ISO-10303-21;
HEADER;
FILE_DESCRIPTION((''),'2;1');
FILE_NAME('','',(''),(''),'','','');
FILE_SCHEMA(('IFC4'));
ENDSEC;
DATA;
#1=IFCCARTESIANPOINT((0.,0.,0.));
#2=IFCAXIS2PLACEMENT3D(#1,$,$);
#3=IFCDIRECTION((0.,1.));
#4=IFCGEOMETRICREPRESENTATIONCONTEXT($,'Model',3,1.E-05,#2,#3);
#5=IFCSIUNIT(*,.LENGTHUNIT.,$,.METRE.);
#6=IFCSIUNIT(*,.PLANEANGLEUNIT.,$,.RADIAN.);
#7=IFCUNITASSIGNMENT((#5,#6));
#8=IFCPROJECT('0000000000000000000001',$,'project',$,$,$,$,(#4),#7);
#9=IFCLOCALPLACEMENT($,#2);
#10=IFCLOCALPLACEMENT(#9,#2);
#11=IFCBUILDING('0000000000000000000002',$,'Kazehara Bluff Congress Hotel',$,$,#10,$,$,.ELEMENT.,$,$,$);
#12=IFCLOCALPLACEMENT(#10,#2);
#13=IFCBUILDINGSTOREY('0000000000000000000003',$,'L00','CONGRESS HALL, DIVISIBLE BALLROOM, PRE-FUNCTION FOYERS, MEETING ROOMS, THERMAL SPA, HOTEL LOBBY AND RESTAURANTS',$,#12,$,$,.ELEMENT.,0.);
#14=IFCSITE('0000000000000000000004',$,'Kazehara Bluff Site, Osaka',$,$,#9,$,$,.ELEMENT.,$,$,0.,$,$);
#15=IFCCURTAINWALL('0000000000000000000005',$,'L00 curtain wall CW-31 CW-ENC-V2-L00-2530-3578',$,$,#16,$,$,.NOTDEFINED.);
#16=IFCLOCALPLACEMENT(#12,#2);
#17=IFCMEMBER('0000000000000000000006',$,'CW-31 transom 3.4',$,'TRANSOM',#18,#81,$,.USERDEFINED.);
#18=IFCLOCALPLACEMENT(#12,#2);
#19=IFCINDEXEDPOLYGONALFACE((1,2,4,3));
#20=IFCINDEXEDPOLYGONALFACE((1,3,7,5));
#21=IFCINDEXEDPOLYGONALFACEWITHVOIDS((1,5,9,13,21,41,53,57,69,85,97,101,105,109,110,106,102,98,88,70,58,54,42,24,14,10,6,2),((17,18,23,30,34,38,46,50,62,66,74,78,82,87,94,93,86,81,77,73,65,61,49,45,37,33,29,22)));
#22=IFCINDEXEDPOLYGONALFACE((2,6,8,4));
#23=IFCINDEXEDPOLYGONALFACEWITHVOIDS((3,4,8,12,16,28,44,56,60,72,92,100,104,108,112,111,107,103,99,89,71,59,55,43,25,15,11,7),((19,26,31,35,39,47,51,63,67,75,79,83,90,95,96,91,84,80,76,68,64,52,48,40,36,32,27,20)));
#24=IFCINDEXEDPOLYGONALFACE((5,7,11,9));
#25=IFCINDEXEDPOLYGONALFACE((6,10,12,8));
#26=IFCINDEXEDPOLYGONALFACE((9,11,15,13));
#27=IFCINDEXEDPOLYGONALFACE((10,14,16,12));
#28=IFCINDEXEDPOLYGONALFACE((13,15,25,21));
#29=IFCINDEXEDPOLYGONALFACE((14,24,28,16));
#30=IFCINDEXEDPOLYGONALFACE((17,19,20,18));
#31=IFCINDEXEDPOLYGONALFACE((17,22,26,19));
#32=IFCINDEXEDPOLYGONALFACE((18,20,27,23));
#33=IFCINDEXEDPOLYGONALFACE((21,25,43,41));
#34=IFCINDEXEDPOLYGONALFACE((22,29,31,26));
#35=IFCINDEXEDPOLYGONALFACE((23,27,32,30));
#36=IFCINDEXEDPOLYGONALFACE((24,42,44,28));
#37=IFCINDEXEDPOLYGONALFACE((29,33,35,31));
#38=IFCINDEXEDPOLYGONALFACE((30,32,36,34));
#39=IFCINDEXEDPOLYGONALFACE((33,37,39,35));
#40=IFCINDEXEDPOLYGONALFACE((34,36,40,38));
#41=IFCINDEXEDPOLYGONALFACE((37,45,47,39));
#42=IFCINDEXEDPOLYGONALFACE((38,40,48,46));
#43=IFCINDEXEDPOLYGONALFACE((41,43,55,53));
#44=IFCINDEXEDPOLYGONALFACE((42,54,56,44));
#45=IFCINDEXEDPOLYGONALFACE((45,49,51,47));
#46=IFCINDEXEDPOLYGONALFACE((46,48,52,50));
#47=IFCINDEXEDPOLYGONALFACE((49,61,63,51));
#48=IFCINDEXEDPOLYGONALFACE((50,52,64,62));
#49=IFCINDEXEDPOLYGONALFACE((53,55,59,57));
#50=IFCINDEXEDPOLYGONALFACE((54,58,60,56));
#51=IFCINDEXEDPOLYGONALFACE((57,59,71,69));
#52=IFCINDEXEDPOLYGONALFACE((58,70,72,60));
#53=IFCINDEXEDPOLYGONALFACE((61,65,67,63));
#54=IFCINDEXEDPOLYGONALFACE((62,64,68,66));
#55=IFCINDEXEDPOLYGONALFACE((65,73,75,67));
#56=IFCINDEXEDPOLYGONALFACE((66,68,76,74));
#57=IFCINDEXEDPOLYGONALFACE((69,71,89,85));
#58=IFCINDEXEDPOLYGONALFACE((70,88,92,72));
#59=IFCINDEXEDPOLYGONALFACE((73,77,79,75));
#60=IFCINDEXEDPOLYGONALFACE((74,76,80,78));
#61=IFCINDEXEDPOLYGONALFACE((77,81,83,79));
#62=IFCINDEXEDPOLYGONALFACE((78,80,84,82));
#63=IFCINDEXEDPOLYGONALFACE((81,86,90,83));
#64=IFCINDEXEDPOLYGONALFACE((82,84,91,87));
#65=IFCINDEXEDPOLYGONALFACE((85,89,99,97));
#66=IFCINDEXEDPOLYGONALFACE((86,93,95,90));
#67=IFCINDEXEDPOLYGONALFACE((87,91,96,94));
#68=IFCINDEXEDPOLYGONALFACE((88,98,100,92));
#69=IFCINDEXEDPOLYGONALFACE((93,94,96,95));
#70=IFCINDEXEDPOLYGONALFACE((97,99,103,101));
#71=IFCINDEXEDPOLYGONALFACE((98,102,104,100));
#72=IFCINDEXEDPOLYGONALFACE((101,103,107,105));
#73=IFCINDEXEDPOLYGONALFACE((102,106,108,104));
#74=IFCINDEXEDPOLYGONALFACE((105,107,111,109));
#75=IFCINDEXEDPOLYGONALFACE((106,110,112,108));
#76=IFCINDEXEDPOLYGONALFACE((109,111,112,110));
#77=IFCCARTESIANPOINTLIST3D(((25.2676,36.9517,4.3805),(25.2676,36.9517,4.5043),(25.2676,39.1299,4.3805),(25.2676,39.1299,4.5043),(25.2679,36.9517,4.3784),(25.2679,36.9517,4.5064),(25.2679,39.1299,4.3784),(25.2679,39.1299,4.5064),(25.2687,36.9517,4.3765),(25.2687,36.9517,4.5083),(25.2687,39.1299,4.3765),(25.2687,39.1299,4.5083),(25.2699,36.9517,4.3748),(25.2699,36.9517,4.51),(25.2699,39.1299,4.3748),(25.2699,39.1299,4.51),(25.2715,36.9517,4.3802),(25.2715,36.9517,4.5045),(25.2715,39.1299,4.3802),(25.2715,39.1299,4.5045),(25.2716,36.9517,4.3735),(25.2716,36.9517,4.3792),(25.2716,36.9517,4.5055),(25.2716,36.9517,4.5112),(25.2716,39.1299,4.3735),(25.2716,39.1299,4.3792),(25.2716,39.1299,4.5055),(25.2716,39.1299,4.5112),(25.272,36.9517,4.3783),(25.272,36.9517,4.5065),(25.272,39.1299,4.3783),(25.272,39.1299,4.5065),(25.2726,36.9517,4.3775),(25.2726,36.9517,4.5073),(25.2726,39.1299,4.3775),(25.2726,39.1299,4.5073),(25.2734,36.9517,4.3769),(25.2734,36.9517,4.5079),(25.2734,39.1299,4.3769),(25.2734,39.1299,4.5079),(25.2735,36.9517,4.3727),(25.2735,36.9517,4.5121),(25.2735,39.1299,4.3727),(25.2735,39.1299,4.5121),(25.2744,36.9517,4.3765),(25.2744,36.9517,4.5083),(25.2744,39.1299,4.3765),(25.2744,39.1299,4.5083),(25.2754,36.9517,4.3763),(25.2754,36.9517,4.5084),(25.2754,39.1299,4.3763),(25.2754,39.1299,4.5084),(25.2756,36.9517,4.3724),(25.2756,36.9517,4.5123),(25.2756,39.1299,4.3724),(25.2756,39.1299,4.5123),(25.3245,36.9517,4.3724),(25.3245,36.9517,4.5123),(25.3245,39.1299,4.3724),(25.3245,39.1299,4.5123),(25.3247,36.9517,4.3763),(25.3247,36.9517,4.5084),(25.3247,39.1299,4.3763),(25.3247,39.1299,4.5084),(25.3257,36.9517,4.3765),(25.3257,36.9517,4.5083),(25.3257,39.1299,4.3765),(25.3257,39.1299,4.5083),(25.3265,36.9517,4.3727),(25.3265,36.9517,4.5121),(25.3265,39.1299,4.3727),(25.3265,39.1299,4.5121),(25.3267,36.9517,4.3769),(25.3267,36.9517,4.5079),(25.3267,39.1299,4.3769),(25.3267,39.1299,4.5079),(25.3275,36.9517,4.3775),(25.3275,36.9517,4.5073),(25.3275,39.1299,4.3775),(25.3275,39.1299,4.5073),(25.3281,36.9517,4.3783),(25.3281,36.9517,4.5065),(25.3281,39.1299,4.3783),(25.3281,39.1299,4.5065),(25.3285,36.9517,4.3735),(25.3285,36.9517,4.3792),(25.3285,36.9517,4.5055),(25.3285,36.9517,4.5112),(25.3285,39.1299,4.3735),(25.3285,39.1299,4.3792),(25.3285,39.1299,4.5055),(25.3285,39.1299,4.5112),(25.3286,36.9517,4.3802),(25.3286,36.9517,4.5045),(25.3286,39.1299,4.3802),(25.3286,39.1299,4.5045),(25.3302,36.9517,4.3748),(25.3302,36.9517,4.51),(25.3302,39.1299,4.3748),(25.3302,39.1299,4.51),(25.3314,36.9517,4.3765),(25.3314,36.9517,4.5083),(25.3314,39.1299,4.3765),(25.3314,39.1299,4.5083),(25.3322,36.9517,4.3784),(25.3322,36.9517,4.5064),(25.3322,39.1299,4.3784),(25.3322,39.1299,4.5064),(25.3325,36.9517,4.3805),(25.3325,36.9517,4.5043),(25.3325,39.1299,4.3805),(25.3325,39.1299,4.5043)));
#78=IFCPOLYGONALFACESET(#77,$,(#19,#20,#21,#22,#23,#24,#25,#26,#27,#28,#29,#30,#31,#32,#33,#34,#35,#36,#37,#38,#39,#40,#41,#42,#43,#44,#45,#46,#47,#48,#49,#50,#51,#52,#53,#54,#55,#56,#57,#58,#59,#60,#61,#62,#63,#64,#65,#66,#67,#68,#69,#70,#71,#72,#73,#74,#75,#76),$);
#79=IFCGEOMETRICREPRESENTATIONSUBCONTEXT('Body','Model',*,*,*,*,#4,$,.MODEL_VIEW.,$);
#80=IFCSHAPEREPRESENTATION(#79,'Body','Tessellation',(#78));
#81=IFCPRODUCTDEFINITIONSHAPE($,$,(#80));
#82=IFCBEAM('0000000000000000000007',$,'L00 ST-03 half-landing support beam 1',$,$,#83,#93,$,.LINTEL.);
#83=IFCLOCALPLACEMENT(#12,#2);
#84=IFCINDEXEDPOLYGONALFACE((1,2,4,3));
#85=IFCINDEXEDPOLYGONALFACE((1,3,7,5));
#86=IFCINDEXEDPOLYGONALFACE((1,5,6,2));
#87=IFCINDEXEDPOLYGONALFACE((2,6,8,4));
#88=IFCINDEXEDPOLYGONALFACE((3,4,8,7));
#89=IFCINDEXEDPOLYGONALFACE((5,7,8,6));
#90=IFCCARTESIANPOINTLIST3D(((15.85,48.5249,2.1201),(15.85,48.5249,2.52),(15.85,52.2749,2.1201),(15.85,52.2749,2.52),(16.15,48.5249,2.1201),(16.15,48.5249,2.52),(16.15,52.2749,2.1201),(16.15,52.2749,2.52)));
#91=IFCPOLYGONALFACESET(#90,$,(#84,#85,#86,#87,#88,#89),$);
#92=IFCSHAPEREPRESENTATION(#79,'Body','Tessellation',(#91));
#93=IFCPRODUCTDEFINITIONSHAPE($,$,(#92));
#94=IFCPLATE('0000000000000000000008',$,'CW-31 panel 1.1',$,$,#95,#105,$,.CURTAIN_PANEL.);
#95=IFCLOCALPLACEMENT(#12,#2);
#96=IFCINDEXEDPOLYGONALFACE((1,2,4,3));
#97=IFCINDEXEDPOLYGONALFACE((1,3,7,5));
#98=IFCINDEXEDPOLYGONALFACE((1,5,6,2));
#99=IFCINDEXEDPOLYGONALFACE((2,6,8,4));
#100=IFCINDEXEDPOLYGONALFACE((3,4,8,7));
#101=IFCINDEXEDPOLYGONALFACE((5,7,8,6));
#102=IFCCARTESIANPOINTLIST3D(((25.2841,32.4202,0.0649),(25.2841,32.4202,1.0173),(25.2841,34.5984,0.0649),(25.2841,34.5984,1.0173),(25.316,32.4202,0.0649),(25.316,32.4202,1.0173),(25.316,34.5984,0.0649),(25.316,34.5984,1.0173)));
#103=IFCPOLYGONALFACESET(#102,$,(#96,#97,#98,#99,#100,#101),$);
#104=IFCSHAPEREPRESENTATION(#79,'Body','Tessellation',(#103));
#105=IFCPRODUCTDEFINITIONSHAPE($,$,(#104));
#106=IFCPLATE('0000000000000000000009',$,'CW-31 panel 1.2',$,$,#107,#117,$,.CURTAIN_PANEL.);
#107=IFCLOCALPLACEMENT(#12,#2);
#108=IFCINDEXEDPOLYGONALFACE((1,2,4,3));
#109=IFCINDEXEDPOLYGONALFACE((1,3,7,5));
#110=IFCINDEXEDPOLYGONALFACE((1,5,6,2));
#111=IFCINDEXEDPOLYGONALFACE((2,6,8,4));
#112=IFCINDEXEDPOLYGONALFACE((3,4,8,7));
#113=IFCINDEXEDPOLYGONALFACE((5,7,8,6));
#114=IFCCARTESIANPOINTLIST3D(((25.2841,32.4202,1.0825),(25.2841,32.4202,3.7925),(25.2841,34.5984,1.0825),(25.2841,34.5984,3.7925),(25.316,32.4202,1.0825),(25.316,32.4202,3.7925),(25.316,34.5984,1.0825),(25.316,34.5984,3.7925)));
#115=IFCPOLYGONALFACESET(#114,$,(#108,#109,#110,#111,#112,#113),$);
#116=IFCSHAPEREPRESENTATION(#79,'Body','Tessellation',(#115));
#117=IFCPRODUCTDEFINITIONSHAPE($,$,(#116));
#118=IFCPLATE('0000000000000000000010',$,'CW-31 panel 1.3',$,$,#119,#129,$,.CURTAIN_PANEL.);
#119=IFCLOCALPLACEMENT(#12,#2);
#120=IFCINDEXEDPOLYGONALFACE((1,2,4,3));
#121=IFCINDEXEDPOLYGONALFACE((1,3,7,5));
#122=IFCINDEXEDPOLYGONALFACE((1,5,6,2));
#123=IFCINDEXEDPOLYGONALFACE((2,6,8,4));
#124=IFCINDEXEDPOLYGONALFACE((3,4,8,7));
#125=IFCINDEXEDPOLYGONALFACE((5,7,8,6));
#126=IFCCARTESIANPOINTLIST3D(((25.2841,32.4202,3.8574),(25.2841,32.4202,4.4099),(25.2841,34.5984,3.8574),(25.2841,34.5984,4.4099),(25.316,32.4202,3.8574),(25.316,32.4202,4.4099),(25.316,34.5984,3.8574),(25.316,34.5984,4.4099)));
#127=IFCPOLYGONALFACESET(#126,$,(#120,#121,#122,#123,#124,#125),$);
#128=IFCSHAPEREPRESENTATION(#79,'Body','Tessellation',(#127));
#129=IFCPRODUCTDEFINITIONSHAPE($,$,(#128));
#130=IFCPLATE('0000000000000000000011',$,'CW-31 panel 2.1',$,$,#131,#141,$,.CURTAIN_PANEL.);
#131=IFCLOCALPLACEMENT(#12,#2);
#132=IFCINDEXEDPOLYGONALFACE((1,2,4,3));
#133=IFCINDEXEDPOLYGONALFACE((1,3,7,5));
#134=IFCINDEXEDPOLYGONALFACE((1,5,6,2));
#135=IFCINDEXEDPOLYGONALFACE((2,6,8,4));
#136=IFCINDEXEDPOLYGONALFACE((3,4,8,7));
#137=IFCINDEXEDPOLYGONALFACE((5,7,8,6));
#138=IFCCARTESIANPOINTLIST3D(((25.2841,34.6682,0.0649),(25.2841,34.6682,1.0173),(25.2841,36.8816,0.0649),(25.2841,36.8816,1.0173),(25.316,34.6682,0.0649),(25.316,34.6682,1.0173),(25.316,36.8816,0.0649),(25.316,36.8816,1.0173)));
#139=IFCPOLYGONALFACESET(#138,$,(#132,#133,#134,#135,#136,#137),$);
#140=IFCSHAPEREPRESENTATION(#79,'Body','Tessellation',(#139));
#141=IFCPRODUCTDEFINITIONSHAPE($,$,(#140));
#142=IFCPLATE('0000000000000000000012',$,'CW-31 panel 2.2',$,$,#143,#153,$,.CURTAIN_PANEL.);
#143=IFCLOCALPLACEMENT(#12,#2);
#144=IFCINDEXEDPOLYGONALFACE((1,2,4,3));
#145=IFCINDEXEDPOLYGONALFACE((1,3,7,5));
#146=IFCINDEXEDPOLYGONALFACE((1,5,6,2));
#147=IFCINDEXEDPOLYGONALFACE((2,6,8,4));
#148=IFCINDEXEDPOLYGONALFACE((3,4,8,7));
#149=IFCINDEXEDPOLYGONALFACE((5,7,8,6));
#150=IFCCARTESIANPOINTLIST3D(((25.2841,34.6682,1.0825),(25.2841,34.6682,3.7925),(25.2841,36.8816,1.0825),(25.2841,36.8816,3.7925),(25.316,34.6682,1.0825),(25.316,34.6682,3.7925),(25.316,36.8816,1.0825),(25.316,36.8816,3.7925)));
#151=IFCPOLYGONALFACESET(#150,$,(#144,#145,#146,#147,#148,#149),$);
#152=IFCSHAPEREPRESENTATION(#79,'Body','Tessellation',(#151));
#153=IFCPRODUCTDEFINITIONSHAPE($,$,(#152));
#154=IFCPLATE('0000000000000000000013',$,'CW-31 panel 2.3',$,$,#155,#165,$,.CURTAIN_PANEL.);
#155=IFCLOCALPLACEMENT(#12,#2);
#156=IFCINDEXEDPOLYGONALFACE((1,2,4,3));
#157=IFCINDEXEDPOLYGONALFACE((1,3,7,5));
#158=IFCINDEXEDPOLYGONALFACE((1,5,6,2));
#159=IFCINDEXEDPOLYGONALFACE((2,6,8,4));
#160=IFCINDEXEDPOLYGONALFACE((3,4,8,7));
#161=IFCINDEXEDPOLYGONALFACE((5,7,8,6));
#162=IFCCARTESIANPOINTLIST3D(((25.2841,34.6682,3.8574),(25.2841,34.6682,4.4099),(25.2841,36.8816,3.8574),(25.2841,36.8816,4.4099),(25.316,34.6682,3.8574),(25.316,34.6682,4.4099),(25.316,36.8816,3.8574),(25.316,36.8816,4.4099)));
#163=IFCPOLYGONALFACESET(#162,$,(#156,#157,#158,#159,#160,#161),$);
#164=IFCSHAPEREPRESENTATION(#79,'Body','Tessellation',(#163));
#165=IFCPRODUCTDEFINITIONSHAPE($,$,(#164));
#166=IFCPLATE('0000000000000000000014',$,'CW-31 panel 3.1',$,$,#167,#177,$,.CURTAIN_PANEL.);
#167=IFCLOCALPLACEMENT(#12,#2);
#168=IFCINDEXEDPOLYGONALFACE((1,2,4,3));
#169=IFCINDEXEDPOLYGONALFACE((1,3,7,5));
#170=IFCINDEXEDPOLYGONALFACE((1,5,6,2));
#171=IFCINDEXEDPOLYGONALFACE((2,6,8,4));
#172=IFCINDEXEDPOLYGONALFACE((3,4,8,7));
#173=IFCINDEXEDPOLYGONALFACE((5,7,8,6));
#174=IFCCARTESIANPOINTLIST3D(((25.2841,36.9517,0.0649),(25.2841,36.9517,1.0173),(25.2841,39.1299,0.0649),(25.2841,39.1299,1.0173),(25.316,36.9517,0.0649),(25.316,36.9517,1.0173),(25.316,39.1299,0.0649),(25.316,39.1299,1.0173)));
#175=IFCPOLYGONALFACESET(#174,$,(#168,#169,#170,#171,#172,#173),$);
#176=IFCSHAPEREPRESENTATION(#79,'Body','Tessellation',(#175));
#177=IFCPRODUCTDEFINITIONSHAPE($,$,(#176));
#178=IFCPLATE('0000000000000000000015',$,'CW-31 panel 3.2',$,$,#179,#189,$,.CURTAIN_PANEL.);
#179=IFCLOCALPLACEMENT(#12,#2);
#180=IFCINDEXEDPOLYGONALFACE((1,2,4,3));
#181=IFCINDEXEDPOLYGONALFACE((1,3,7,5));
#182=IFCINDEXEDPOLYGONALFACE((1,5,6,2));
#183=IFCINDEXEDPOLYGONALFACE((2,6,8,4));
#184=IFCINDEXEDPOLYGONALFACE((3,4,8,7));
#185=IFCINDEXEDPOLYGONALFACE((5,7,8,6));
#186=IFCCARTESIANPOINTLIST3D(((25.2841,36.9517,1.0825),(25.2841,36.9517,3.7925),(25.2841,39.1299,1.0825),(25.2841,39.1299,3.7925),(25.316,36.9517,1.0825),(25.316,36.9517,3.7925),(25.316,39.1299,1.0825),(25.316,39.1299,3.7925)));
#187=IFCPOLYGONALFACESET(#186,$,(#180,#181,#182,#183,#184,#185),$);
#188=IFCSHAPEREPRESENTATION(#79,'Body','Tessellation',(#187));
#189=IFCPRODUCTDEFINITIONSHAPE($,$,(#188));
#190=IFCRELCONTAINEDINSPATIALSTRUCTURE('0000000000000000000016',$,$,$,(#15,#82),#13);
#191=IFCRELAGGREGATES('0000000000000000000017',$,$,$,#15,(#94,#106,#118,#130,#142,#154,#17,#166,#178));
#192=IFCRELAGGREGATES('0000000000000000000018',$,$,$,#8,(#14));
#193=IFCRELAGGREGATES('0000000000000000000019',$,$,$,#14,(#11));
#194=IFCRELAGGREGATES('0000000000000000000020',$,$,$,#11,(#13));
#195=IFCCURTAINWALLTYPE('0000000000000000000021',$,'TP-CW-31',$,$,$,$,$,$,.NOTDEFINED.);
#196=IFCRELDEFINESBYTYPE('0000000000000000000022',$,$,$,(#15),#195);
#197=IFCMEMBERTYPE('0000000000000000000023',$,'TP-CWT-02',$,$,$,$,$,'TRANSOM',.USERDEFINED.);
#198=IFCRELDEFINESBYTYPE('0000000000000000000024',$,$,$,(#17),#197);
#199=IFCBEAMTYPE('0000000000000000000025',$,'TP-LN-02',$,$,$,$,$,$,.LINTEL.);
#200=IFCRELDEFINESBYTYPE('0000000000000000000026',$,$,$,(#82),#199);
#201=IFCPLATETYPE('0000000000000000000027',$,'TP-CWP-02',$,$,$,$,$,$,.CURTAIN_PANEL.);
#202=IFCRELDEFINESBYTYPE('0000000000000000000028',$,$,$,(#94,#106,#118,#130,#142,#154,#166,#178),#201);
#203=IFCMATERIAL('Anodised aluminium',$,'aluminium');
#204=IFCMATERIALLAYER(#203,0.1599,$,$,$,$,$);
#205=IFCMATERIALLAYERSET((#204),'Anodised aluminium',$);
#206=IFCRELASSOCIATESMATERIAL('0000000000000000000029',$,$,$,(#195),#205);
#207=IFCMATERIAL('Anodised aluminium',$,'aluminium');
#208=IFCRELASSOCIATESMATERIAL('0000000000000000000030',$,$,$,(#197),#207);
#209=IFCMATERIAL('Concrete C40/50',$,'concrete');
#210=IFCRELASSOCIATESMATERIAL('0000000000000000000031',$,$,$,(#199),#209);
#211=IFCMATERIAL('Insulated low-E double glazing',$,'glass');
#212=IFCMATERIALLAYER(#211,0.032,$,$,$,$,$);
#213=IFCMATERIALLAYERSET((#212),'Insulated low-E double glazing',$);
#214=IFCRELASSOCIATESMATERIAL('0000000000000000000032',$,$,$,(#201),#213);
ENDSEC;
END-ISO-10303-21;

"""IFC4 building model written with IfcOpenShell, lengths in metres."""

from ifc_helpers import new_model, si_unit, direction, frame, origin, origin_2d, place, context, subcontext, project, spatial, rectangle, hollow_rectangle, extrude, material, layer, layer_set, material_profile, profile_set, type_object, element, aggregate, save


model = new_model("IFC4")

# Units and contexts
model_context = context("Model", 3, precision=1e-05, world=origin(), true_north=direction((0.0, 1.0)))
body_context = subcontext(model_context, "Body", "Model", "MODEL_VIEW")
ifc_project = project(units=[si_unit("LENGTHUNIT", "METRE"), si_unit("PLANEANGLEUNIT", "RADIAN")], contexts=[model_context])

# Site, building, storey
site_placement = place(None, origin())
site = spatial("IfcSite", under=ifc_project, at=site_placement, Name="Kazehara Bluff Site, Osaka", CompositionType="ELEMENT", RefElevation=0.0)
building_placement = place(site_placement, origin())
building = spatial("IfcBuilding", under=site, at=building_placement, Name="Kazehara Bluff Congress Hotel", CompositionType="ELEMENT")
storey_placement = place(building_placement, origin())
storey = spatial("IfcBuildingStorey", under=building, at=storey_placement, Name="L00", Description="CONGRESS HALL, DIVISIBLE BALLROOM, PRE-FUNCTION FOYERS, MEETING ROOMS, THERMAL SPA, HOTEL LOBBY AND RESTAURANTS", CompositionType="ELEMENT", Elevation=0.0)

# Curtain wall, member
ifc_material_1 = material(Name="Anodised aluminium", Category="aluminium")
ifc_layer_1 = layer(ifc_material_1, 0.1599)
ifc_layer_set_1 = layer_set([ifc_layer_1], Name="Anodised aluminium")
curtain_wall_type = type_object("IfcCurtainWallType", Name="TP-CW-31", PredefinedType="NOTDEFINED", material=ifc_layer_set_1)
curtain_wall_placement = place(storey_placement, origin())
curtain_wall = element("IfcCurtainWall", 1, at=curtain_wall_placement, inside=storey, type_object=curtain_wall_type, Name="L00 curtain wall CW-31 CW-ENC-V2-L00-2530-3578", PredefinedType="NOTDEFINED")
ifc_material_2 = material(Name="Anodised aluminium", Category="aluminium")
ifc_material_profile_1 = material_profile(ifc_material_2, hollow_rectangle(XDim=0.0649, YDim=0.1399, WallThickness=0.0039, InnerFilletRadius=0.0039, OuterFilletRadius=0.0081, at=origin_2d()))
ifc_profile_set_1 = profile_set([ifc_material_profile_1], Name="Anodised aluminium")
member_type_1 = type_object("IfcMemberType", Name="TP-CWT-02", ElementType="TRANSOM", PredefinedType="USERDEFINED", material=ifc_profile_set_1)
member_1_placement = place(storey_placement, frame((25.3, 36.9517, 4.4424), z_axis=(0.0, 1.0, 0.0), x_axis=(-1.0, 0.0, 0.0)))
member_1 = element("IfcMember", 2, at=member_1_placement, type_object=member_type_1, Name="CW-31 transom 3.4", ObjectType="TRANSOM", PredefinedType="USERDEFINED", context=body_context, shape_type="SweptSolid", body=[
    extrude(hollow_rectangle(XDim=0.0649, YDim=0.1399, WallThickness=0.0039, InnerFilletRadius=0.0039, OuterFilletRadius=0.0081, at=origin_2d()), origin(), (0.0, 0.0, 1.0), 2.1782),
])

# Beam
ifc_material_3 = material(Name="Concrete C40/50", Category="concrete")
ifc_material_profile_2 = material_profile(ifc_material_3, rectangle(XDim=0.3, YDim=0.3999, at=origin_2d()))
ifc_profile_set_2 = profile_set([ifc_material_profile_2], Name="Concrete C40/50")
beam_type = type_object("IfcBeamType", Name="TP-LN-02", PredefinedType="LINTEL", material=ifc_profile_set_2)
beam_placement = place(storey_placement, frame((16.0, 48.5249, 2.3201), z_axis=(0.0, 1.0, 0.0), x_axis=(-1.0, 0.0, 0.0)))
element("IfcBeam", 3, at=beam_placement, inside=storey, type_object=beam_type, Name="L00 ST-03 half-landing support beam 1", PredefinedType="LINTEL", context=body_context, shape_type="SweptSolid", body=[
    extrude(rectangle(XDim=0.3, YDim=0.3999, at=origin_2d()), origin(), (0.0, 0.0, 1.0), 3.75),
])

# Plates
ifc_material_4 = material(Name="Insulated low-E double glazing", Category="glass")
ifc_layer_2 = layer(ifc_material_4, 0.032)
ifc_layer_set_2 = layer_set([ifc_layer_2], Name="Insulated low-E double glazing")
plate_type = type_object("IfcPlateType", Name="TP-CWP-02", PredefinedType="CURTAIN_PANEL", material=ifc_layer_set_2)
plate_1_placement = place(storey_placement, frame((25.3, 33.5093, 0.0649), z_axis=(0.0, 0.0, 1.0), x_axis=(0.0, 1.0, 0.0)))
plate_1 = element("IfcPlate", 4, at=plate_1_placement, type_object=plate_type, Name="CW-31 panel 1.1", PredefinedType="CURTAIN_PANEL", context=body_context, shape_type="SweptSolid", body=[
    extrude(rectangle(XDim=2.1782, YDim=0.032, at=origin_2d()), origin(), (0.0, 0.0, 1.0), 0.9524),
])
plate_2_placement = place(storey_placement, frame((25.3, 33.5093, 1.0825), z_axis=(0.0, 0.0, 1.0), x_axis=(0.0, 1.0, 0.0)))
plate_2 = element("IfcPlate", 5, at=plate_2_placement, type_object=plate_type, Name="CW-31 panel 1.2", PredefinedType="CURTAIN_PANEL", context=body_context, shape_type="SweptSolid", body=[
    extrude(rectangle(XDim=2.1782, YDim=0.032, at=origin_2d()), origin(), (0.0, 0.0, 1.0), 2.71),
])
plate_3_placement = place(storey_placement, frame((25.3, 33.5093, 3.8574), z_axis=(0.0, 0.0, 1.0), x_axis=(0.0, 1.0, 0.0)))
plate_3 = element("IfcPlate", 6, at=plate_3_placement, type_object=plate_type, Name="CW-31 panel 1.3", PredefinedType="CURTAIN_PANEL", context=body_context, shape_type="SweptSolid", body=[
    extrude(rectangle(XDim=2.1782, YDim=0.032, at=origin_2d()), origin(), (0.0, 0.0, 1.0), 0.5525),
])
plate_4_placement = place(storey_placement, frame((25.3, 35.7749, 0.0649), z_axis=(0.0, 0.0, 1.0), x_axis=(0.0, 1.0, 0.0)))
plate_4 = element("IfcPlate", 7, at=plate_4_placement, type_object=plate_type, Name="CW-31 panel 2.1", PredefinedType="CURTAIN_PANEL", context=body_context, shape_type="SweptSolid", body=[
    extrude(rectangle(XDim=2.2134, YDim=0.032, at=origin_2d()), origin(), (0.0, 0.0, 1.0), 0.9524),
])
plate_5_placement = place(storey_placement, frame((25.3, 35.7749, 1.0825), z_axis=(0.0, 0.0, 1.0), x_axis=(0.0, 1.0, 0.0)))
plate_5 = element("IfcPlate", 8, at=plate_5_placement, type_object=plate_type, Name="CW-31 panel 2.2", PredefinedType="CURTAIN_PANEL", context=body_context, shape_type="SweptSolid", body=[
    extrude(rectangle(XDim=2.2134, YDim=0.032, at=origin_2d()), origin(), (0.0, 0.0, 1.0), 2.71),
])
plate_6_placement = place(storey_placement, frame((25.3, 35.7749, 3.8574), z_axis=(0.0, 0.0, 1.0), x_axis=(0.0, 1.0, 0.0)))
plate_6 = element("IfcPlate", 9, at=plate_6_placement, type_object=plate_type, Name="CW-31 panel 2.3", PredefinedType="CURTAIN_PANEL", context=body_context, shape_type="SweptSolid", body=[
    extrude(rectangle(XDim=2.2134, YDim=0.032, at=origin_2d()), origin(), (0.0, 0.0, 1.0), 0.5525),
])
plate_7_placement = place(storey_placement, frame((25.3, 38.0408, 0.0649), z_axis=(0.0, 0.0, 1.0), x_axis=(0.0, 1.0, 0.0)))
plate_7 = element("IfcPlate", 10, at=plate_7_placement, type_object=plate_type, Name="CW-31 panel 3.1", PredefinedType="CURTAIN_PANEL", context=body_context, shape_type="SweptSolid", body=[
    extrude(rectangle(XDim=2.1782, YDim=0.032, at=origin_2d()), origin(), (0.0, 0.0, 1.0), 0.9524),
])
plate_8_placement = place(storey_placement, frame((25.3, 38.0408, 1.0825), z_axis=(0.0, 0.0, 1.0), x_axis=(0.0, 1.0, 0.0)))
plate_8 = element("IfcPlate", 11, at=plate_8_placement, type_object=plate_type, Name="CW-31 panel 3.2", PredefinedType="CURTAIN_PANEL", context=body_context, shape_type="SweptSolid", body=[
    extrude(rectangle(XDim=2.1782, YDim=0.032, at=origin_2d()), origin(), (0.0, 0.0, 1.0), 2.71),
])
aggregate(curtain_wall, [plate_1, plate_2, plate_3, plate_4, plate_5, plate_6, member_1, plate_7, plate_8])

save(model, "model.ifc")
